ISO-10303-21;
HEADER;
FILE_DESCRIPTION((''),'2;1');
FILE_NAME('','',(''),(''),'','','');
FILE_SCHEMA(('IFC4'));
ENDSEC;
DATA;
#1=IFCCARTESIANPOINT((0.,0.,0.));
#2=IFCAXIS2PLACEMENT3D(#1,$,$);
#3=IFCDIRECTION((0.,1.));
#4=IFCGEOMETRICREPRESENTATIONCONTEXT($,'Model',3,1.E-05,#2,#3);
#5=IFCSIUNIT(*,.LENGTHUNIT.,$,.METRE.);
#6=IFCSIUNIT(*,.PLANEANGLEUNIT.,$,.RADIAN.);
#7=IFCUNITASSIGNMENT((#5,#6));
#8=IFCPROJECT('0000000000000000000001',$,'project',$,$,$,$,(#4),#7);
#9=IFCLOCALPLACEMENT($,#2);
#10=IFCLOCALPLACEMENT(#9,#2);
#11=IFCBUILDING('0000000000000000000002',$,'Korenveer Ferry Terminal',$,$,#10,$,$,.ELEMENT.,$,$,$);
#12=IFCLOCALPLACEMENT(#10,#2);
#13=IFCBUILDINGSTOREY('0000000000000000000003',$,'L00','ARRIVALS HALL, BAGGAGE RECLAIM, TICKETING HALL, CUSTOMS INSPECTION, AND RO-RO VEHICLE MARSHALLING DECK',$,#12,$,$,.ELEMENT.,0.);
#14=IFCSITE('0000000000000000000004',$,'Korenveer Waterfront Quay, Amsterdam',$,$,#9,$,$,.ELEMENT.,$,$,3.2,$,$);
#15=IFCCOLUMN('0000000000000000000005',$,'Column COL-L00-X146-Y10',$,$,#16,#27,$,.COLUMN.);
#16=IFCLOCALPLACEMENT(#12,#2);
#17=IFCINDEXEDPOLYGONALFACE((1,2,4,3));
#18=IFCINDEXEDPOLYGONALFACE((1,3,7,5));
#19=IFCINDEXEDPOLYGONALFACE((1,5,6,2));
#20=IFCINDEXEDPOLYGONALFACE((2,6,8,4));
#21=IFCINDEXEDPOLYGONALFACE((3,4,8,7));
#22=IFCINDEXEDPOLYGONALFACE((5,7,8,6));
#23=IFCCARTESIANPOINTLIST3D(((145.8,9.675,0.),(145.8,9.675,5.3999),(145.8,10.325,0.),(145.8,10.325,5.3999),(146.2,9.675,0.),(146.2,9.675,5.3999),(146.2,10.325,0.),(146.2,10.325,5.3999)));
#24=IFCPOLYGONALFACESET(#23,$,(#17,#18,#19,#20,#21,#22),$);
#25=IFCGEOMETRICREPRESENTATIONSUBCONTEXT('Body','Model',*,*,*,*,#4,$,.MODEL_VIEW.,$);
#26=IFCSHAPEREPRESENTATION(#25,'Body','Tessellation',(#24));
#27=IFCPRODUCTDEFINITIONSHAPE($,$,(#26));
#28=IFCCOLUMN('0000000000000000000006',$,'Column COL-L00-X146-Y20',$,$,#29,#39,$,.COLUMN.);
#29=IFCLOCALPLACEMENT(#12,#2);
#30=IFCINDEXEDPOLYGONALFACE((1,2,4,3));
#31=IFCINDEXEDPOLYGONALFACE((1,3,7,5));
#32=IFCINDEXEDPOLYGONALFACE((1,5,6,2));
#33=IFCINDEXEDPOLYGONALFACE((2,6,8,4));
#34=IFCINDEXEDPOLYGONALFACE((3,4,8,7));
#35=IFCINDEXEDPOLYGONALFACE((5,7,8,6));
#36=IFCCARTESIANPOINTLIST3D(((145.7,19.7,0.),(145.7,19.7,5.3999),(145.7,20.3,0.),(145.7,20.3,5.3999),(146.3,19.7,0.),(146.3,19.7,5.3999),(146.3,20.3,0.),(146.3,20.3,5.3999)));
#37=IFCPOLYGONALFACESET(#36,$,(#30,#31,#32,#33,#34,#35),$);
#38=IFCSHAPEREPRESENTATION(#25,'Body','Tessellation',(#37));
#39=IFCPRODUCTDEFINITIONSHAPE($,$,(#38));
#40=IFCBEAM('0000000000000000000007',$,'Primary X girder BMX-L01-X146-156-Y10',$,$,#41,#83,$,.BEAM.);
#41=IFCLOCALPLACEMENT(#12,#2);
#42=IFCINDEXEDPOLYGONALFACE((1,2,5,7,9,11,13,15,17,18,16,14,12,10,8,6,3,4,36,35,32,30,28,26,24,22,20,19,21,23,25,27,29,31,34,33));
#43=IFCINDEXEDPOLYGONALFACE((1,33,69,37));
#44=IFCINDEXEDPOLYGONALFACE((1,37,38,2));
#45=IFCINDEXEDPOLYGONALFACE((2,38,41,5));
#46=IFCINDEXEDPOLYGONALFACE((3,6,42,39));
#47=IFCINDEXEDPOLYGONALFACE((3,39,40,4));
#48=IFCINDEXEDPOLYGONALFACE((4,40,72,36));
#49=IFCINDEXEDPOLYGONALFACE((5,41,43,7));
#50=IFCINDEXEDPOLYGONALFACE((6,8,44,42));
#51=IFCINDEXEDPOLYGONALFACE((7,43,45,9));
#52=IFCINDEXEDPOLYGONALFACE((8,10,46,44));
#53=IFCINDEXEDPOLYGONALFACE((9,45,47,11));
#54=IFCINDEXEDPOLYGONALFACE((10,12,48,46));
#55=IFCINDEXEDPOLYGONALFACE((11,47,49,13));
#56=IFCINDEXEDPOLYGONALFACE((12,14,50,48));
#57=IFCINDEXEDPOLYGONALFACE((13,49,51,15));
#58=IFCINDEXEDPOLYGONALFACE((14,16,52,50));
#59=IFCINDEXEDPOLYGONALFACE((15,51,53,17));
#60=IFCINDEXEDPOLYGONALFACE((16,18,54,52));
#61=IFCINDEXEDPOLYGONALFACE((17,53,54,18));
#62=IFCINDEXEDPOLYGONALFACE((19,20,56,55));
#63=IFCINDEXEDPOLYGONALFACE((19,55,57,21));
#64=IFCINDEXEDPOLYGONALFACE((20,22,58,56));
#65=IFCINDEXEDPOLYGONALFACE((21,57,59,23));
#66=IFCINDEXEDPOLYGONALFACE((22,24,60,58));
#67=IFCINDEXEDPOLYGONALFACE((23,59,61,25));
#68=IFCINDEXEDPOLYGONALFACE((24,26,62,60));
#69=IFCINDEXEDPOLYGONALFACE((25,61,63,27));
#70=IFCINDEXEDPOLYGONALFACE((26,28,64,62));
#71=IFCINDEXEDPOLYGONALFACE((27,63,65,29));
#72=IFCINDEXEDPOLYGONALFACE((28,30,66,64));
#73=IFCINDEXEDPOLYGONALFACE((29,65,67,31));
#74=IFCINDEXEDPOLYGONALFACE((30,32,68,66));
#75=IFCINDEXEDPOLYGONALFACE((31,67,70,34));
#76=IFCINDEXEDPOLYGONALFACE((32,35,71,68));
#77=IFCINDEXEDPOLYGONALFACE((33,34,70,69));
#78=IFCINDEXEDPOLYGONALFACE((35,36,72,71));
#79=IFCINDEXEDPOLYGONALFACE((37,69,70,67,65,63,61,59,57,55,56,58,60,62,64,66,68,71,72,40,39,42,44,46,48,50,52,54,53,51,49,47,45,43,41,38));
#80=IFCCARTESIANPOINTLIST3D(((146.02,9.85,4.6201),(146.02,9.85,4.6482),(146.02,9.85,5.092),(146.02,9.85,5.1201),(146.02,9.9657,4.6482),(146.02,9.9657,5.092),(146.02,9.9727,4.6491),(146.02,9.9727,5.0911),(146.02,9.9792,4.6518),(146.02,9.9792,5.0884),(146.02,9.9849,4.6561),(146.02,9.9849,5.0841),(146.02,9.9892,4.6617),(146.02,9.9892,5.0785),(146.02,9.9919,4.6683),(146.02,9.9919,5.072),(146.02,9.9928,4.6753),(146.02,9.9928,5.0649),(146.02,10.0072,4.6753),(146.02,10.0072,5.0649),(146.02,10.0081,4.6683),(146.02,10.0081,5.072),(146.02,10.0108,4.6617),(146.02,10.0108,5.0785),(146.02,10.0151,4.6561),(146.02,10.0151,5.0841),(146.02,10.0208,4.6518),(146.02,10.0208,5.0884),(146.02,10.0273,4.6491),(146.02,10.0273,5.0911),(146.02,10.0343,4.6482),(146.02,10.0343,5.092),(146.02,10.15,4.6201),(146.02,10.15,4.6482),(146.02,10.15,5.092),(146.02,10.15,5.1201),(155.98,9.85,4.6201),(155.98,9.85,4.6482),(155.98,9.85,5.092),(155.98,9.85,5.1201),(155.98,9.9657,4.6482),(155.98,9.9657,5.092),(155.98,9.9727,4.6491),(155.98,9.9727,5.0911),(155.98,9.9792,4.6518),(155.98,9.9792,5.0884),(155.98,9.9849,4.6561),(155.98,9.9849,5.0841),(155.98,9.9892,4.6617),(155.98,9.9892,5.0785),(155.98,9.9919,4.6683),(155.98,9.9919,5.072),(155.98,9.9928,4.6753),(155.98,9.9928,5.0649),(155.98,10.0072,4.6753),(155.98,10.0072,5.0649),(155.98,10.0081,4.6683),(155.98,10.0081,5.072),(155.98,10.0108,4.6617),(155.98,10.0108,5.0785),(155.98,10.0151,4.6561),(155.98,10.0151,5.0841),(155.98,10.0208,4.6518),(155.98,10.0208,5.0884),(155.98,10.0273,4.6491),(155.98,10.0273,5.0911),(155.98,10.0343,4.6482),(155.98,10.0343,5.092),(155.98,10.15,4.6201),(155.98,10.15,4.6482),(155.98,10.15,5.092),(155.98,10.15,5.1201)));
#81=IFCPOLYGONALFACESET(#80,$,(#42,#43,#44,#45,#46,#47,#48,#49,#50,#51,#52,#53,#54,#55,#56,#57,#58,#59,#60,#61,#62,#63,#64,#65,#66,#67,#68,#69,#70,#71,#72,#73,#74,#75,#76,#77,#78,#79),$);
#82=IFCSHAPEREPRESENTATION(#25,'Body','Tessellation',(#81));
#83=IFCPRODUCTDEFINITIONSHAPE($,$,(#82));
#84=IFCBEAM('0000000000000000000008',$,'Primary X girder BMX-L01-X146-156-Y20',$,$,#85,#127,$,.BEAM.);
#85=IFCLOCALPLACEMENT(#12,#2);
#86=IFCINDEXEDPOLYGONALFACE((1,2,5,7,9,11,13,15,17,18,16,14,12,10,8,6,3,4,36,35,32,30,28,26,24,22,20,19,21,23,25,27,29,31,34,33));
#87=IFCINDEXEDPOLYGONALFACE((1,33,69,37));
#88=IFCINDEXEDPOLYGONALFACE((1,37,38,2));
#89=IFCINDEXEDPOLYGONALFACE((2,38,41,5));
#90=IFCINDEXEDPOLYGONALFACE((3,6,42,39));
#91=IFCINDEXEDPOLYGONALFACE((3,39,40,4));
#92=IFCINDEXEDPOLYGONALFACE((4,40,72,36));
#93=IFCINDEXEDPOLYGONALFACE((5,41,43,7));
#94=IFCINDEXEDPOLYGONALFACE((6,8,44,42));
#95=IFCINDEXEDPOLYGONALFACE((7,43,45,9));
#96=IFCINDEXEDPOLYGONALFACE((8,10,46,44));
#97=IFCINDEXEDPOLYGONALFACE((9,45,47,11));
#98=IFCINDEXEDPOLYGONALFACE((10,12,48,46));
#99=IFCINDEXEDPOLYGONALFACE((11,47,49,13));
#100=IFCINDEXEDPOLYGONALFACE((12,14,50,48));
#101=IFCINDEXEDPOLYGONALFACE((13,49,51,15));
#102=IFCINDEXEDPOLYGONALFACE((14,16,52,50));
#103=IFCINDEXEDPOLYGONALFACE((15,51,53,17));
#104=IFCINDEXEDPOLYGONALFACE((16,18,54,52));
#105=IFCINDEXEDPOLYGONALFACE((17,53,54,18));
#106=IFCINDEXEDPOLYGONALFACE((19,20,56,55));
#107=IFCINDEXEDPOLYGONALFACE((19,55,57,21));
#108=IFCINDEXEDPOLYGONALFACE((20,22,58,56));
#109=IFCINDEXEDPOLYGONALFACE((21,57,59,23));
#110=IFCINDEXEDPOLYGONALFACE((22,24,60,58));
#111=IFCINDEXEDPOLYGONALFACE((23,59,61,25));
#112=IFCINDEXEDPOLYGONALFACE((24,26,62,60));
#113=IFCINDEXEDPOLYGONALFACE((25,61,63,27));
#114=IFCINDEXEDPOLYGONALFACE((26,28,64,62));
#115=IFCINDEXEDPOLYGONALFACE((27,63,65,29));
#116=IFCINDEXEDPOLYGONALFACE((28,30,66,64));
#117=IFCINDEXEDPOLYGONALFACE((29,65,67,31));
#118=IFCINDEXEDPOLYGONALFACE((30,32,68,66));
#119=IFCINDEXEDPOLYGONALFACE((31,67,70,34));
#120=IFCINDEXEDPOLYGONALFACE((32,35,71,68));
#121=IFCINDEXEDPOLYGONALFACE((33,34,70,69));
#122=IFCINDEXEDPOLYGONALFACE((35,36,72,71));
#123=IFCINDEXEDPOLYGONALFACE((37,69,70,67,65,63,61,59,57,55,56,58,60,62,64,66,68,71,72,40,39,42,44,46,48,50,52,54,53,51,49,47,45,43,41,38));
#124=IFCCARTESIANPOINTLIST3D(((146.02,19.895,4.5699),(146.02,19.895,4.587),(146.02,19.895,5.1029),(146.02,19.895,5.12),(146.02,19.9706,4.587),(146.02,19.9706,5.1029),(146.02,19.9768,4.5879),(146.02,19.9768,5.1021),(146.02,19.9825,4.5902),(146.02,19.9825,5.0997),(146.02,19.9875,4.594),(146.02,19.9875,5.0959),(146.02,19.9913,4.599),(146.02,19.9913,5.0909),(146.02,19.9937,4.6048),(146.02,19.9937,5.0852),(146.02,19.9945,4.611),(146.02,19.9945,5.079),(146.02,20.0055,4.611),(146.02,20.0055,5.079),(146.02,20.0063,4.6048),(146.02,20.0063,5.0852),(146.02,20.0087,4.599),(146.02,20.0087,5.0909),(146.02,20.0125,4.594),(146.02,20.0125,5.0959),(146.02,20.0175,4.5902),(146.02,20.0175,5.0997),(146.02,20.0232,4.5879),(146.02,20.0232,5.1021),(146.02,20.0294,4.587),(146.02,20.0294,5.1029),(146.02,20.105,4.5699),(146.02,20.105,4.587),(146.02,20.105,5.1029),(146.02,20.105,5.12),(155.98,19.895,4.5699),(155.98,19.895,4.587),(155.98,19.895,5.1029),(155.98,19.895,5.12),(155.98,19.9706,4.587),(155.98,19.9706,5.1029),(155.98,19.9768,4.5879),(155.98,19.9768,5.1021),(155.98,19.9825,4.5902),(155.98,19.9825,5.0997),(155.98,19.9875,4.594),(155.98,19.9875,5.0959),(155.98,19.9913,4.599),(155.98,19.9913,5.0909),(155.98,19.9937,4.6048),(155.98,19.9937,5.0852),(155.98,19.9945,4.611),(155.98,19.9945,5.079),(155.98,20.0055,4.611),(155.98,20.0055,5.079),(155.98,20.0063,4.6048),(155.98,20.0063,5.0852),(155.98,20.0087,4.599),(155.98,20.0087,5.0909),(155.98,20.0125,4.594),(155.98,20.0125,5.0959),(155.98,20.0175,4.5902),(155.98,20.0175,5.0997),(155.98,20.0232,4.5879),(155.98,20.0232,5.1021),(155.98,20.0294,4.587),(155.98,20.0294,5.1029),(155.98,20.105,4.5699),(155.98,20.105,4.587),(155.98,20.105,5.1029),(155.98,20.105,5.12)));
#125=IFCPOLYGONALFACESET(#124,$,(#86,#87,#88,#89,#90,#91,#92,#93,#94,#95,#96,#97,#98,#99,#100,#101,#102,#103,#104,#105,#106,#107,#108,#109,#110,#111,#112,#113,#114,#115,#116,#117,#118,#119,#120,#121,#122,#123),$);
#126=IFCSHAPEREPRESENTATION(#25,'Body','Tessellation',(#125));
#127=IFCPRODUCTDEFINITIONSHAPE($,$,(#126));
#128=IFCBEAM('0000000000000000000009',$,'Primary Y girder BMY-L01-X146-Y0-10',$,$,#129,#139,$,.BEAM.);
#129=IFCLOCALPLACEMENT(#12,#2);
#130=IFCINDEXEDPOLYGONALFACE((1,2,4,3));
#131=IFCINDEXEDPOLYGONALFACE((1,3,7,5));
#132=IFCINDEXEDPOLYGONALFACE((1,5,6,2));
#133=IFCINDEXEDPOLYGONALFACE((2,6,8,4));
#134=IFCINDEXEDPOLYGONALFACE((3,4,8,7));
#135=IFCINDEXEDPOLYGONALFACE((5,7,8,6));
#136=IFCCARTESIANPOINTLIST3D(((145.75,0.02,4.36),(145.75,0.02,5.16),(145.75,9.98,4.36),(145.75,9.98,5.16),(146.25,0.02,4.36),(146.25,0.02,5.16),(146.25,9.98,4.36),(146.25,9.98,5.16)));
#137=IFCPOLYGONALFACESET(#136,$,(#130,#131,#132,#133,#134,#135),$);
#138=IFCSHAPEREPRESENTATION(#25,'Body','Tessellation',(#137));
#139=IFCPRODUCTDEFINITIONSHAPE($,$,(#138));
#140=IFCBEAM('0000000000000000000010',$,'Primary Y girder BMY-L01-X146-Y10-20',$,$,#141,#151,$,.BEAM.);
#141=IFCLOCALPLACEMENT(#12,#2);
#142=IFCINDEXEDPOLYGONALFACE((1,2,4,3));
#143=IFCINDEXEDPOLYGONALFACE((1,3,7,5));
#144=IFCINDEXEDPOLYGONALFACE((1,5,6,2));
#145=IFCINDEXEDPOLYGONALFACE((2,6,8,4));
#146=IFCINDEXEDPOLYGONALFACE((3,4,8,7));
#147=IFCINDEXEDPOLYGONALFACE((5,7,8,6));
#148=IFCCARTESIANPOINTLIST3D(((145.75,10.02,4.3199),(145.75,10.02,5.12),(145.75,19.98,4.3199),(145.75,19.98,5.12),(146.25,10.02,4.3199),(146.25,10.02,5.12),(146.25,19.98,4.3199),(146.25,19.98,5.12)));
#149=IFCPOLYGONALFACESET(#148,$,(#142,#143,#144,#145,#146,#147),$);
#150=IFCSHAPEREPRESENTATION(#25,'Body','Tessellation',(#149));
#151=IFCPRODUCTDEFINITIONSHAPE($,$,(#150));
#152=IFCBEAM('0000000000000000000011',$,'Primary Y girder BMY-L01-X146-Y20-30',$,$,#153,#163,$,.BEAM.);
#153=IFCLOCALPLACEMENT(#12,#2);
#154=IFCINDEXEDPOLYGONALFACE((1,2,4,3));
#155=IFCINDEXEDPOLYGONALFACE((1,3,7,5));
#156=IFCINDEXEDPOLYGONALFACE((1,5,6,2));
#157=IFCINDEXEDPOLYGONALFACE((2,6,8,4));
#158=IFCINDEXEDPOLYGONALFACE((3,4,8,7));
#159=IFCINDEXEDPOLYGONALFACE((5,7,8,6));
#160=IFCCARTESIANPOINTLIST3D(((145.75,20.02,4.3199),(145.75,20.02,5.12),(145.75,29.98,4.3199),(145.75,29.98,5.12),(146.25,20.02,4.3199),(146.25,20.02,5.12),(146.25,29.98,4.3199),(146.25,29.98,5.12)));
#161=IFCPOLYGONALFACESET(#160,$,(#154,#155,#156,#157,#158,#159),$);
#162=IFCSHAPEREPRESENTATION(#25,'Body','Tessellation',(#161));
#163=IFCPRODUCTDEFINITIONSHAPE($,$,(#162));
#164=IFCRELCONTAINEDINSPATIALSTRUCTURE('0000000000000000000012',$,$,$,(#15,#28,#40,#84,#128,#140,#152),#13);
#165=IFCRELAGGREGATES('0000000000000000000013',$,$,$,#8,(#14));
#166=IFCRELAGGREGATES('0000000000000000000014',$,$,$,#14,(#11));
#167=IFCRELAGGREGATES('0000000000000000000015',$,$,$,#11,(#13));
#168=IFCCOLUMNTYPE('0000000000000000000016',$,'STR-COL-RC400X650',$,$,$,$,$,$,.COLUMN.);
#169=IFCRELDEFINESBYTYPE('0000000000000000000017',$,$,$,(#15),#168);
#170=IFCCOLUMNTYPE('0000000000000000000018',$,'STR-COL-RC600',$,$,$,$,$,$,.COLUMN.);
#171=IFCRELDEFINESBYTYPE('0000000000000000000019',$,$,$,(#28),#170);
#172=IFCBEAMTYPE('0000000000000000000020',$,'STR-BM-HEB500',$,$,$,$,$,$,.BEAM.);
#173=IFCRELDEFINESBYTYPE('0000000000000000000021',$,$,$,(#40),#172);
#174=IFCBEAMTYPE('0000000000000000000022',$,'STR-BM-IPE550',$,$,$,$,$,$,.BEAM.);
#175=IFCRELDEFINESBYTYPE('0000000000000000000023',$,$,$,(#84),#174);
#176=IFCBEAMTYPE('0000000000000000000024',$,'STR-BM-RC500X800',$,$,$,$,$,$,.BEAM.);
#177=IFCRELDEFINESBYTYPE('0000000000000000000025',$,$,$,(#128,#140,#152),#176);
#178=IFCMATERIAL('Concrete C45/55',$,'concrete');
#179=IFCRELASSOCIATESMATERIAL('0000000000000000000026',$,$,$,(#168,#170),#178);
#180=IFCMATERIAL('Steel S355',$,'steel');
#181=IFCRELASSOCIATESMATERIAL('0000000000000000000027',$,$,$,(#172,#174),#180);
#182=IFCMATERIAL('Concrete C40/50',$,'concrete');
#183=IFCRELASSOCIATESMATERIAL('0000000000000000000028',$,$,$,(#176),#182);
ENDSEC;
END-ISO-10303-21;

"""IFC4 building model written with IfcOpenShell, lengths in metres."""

from ifc_helpers import new_model, si_unit, direction, frame, origin, origin_2d, place, context, subcontext, project, spatial, rectangle, i_section, extrude, material, material_profile, profile_set, type_object, element, save


model = new_model("IFC4")

# Units and contexts
model_context = context("Model", 3, precision=1e-05, world=origin(), true_north=direction((0.0, 1.0)))
body_context = subcontext(model_context, "Body", "Model", "MODEL_VIEW")
ifc_project = project(units=[si_unit("LENGTHUNIT", "METRE"), si_unit("PLANEANGLEUNIT", "RADIAN")], contexts=[model_context])

# Site, building, storey
site_placement = place(None, origin())
site = spatial("IfcSite", under=ifc_project, at=site_placement, Name="Korenveer Waterfront Quay, Amsterdam", CompositionType="ELEMENT", RefElevation=3.2)
building_placement = place(site_placement, origin())
building = spatial("IfcBuilding", under=site, at=building_placement, Name="Korenveer Ferry Terminal", CompositionType="ELEMENT")
storey_placement = place(building_placement, origin())
storey = spatial("IfcBuildingStorey", under=building, at=storey_placement, Name="L00", Description="ARRIVALS HALL, BAGGAGE RECLAIM, TICKETING HALL, CUSTOMS INSPECTION, AND RO-RO VEHICLE MARSHALLING DECK", CompositionType="ELEMENT", Elevation=0.0)

# Shared definitions
ifc_material_1 = material(Name="Concrete C40/50", Category="concrete")
ifc_material_2 = material(Name="Concrete C45/55", Category="concrete")

# Columns
ifc_material_profile_1 = material_profile(ifc_material_2, rectangle(XDim=0.3999, YDim=0.6499, at=origin_2d()), Name="RC 400x650")
ifc_profile_set_1 = profile_set([ifc_material_profile_1], Name="Concrete C45/55")
column_type_1 = type_object("IfcColumnType", Name="STR-COL-RC400X650", PredefinedType="COLUMN", material=ifc_profile_set_1)
column_1_placement = place(storey_placement, frame((146.0, 10.0, 0.0), z_axis=(0.0, 0.0, 1.0), x_axis=(1.0, 0.0, 0.0)))
element("IfcColumn", 1, at=column_1_placement, inside=storey, type_object=column_type_1, Name="Column COL-L00-X146-Y10", PredefinedType="COLUMN", context=body_context, shape_type="SweptSolid", body=[
    extrude(rectangle(XDim=0.3999, YDim=0.6499, at=origin_2d()), origin(), (0.0, 0.0, 1.0), 5.3999),
])
ifc_material_profile_2 = material_profile(ifc_material_2, rectangle(XDim=0.6001, YDim=0.6001, at=origin_2d()), Name="RC 600x600")
ifc_profile_set_2 = profile_set([ifc_material_profile_2], Name="Concrete C45/55")
column_type_2 = type_object("IfcColumnType", Name="STR-COL-RC600", PredefinedType="COLUMN", material=ifc_profile_set_2)
column_2_placement = place(storey_placement, frame((146.0, 20.0, 0.0), z_axis=(0.0, 0.0, 1.0), x_axis=(1.0, 0.0, 0.0)))
element("IfcColumn", 2, at=column_2_placement, inside=storey, type_object=column_type_2, Name="Column COL-L00-X146-Y20", PredefinedType="COLUMN", context=body_context, shape_type="SweptSolid", body=[
    extrude(rectangle(XDim=0.6001, YDim=0.6001, at=origin_2d()), origin(), (0.0, 0.0, 1.0), 5.3999),
])

# Beams
ifc_material_3 = material(Name="Steel S355", Category="steel")
ifc_material_profile_3 = material_profile(ifc_material_3, i_section(OverallWidth=0.3, OverallDepth=0.5, WebThickness=0.0144, FlangeThickness=0.0281, FilletRadius=0.0271, at=origin_2d()), Name="HEB 500")
ifc_profile_set_3 = profile_set([ifc_material_profile_3], Name="Steel S355")
beam_type_1 = type_object("IfcBeamType", Name="STR-BM-HEB500", PredefinedType="BEAM", material=ifc_profile_set_3)
beam_1_placement = place(storey_placement, frame((146.02, 10.0, 4.8701), z_axis=(1.0, 0.0, 0.0), x_axis=(0.0, 1.0, 0.0)))
element("IfcBeam", 3, at=beam_1_placement, inside=storey, type_object=beam_type_1, Name="Primary X girder BMX-L01-X146-156-Y10", PredefinedType="BEAM", context=body_context, shape_type="SweptSolid", body=[
    extrude(i_section(OverallWidth=0.3, OverallDepth=0.5, WebThickness=0.0144, FlangeThickness=0.0281, FilletRadius=0.0271, at=origin_2d()), origin(), (0.0, 0.0, 1.0), 9.96),
])
ifc_material_profile_4 = material_profile(ifc_material_3, i_section(OverallWidth=0.21, OverallDepth=0.55, WebThickness=0.011, FlangeThickness=0.0171, FilletRadius=0.0239, at=origin_2d()), Name="IPE 550")
ifc_profile_set_4 = profile_set([ifc_material_profile_4], Name="Steel S355")
beam_type_2 = type_object("IfcBeamType", Name="STR-BM-IPE550", PredefinedType="BEAM", material=ifc_profile_set_4)
beam_2_placement = place(storey_placement, frame((146.02, 20.0, 4.845), z_axis=(1.0, 0.0, 0.0), x_axis=(0.0, 1.0, 0.0)))
element("IfcBeam", 4, at=beam_2_placement, inside=storey, type_object=beam_type_2, Name="Primary X girder BMX-L01-X146-156-Y20", PredefinedType="BEAM", context=body_context, shape_type="SweptSolid", body=[
    extrude(i_section(OverallWidth=0.21, OverallDepth=0.55, WebThickness=0.011, FlangeThickness=0.0171, FilletRadius=0.0239, at=origin_2d()), origin(), (0.0, 0.0, 1.0), 9.96),
])
ifc_material_profile_5 = material_profile(ifc_material_1, rectangle(XDim=0.5, YDim=0.8, at=origin_2d()), Name="RC 500x800")
ifc_profile_set_5 = profile_set([ifc_material_profile_5], Name="Concrete C40/50")
beam_type_3 = type_object("IfcBeamType", Name="STR-BM-RC500X800", PredefinedType="BEAM", material=ifc_profile_set_5)
for number, where, z_axis, x_axis, name in (
    (5, (146.0, 0.02, 4.76), (0.0, 1.0, 0.0), (-1.0, 0.0, 0.0), "Primary Y girder BMY-L01-X146-Y0-10"),
    (6, (146.0, 10.02, 4.72), (0.0, 1.0, 0.0), (-1.0, 0.0, 0.0), "Primary Y girder BMY-L01-X146-Y10-20"),
    (7, (146.0, 20.02, 4.72), (0.0, 1.0, 0.0), (-1.0, 0.0, 0.0), "Primary Y girder BMY-L01-X146-Y20-30"),
):
    element("IfcBeam", number, at=place(storey_placement, frame(where, z_axis=z_axis, x_axis=x_axis)), inside=storey, type_object=beam_type_3, Name=name, PredefinedType="BEAM", context=body_context, shape_type="SweptSolid", body=[
        extrude(rectangle(XDim=0.5, YDim=0.8, at=origin_2d()), origin(), (0.0, 0.0, 1.0), 9.96),
    ])

save(model, "model.ifc")
